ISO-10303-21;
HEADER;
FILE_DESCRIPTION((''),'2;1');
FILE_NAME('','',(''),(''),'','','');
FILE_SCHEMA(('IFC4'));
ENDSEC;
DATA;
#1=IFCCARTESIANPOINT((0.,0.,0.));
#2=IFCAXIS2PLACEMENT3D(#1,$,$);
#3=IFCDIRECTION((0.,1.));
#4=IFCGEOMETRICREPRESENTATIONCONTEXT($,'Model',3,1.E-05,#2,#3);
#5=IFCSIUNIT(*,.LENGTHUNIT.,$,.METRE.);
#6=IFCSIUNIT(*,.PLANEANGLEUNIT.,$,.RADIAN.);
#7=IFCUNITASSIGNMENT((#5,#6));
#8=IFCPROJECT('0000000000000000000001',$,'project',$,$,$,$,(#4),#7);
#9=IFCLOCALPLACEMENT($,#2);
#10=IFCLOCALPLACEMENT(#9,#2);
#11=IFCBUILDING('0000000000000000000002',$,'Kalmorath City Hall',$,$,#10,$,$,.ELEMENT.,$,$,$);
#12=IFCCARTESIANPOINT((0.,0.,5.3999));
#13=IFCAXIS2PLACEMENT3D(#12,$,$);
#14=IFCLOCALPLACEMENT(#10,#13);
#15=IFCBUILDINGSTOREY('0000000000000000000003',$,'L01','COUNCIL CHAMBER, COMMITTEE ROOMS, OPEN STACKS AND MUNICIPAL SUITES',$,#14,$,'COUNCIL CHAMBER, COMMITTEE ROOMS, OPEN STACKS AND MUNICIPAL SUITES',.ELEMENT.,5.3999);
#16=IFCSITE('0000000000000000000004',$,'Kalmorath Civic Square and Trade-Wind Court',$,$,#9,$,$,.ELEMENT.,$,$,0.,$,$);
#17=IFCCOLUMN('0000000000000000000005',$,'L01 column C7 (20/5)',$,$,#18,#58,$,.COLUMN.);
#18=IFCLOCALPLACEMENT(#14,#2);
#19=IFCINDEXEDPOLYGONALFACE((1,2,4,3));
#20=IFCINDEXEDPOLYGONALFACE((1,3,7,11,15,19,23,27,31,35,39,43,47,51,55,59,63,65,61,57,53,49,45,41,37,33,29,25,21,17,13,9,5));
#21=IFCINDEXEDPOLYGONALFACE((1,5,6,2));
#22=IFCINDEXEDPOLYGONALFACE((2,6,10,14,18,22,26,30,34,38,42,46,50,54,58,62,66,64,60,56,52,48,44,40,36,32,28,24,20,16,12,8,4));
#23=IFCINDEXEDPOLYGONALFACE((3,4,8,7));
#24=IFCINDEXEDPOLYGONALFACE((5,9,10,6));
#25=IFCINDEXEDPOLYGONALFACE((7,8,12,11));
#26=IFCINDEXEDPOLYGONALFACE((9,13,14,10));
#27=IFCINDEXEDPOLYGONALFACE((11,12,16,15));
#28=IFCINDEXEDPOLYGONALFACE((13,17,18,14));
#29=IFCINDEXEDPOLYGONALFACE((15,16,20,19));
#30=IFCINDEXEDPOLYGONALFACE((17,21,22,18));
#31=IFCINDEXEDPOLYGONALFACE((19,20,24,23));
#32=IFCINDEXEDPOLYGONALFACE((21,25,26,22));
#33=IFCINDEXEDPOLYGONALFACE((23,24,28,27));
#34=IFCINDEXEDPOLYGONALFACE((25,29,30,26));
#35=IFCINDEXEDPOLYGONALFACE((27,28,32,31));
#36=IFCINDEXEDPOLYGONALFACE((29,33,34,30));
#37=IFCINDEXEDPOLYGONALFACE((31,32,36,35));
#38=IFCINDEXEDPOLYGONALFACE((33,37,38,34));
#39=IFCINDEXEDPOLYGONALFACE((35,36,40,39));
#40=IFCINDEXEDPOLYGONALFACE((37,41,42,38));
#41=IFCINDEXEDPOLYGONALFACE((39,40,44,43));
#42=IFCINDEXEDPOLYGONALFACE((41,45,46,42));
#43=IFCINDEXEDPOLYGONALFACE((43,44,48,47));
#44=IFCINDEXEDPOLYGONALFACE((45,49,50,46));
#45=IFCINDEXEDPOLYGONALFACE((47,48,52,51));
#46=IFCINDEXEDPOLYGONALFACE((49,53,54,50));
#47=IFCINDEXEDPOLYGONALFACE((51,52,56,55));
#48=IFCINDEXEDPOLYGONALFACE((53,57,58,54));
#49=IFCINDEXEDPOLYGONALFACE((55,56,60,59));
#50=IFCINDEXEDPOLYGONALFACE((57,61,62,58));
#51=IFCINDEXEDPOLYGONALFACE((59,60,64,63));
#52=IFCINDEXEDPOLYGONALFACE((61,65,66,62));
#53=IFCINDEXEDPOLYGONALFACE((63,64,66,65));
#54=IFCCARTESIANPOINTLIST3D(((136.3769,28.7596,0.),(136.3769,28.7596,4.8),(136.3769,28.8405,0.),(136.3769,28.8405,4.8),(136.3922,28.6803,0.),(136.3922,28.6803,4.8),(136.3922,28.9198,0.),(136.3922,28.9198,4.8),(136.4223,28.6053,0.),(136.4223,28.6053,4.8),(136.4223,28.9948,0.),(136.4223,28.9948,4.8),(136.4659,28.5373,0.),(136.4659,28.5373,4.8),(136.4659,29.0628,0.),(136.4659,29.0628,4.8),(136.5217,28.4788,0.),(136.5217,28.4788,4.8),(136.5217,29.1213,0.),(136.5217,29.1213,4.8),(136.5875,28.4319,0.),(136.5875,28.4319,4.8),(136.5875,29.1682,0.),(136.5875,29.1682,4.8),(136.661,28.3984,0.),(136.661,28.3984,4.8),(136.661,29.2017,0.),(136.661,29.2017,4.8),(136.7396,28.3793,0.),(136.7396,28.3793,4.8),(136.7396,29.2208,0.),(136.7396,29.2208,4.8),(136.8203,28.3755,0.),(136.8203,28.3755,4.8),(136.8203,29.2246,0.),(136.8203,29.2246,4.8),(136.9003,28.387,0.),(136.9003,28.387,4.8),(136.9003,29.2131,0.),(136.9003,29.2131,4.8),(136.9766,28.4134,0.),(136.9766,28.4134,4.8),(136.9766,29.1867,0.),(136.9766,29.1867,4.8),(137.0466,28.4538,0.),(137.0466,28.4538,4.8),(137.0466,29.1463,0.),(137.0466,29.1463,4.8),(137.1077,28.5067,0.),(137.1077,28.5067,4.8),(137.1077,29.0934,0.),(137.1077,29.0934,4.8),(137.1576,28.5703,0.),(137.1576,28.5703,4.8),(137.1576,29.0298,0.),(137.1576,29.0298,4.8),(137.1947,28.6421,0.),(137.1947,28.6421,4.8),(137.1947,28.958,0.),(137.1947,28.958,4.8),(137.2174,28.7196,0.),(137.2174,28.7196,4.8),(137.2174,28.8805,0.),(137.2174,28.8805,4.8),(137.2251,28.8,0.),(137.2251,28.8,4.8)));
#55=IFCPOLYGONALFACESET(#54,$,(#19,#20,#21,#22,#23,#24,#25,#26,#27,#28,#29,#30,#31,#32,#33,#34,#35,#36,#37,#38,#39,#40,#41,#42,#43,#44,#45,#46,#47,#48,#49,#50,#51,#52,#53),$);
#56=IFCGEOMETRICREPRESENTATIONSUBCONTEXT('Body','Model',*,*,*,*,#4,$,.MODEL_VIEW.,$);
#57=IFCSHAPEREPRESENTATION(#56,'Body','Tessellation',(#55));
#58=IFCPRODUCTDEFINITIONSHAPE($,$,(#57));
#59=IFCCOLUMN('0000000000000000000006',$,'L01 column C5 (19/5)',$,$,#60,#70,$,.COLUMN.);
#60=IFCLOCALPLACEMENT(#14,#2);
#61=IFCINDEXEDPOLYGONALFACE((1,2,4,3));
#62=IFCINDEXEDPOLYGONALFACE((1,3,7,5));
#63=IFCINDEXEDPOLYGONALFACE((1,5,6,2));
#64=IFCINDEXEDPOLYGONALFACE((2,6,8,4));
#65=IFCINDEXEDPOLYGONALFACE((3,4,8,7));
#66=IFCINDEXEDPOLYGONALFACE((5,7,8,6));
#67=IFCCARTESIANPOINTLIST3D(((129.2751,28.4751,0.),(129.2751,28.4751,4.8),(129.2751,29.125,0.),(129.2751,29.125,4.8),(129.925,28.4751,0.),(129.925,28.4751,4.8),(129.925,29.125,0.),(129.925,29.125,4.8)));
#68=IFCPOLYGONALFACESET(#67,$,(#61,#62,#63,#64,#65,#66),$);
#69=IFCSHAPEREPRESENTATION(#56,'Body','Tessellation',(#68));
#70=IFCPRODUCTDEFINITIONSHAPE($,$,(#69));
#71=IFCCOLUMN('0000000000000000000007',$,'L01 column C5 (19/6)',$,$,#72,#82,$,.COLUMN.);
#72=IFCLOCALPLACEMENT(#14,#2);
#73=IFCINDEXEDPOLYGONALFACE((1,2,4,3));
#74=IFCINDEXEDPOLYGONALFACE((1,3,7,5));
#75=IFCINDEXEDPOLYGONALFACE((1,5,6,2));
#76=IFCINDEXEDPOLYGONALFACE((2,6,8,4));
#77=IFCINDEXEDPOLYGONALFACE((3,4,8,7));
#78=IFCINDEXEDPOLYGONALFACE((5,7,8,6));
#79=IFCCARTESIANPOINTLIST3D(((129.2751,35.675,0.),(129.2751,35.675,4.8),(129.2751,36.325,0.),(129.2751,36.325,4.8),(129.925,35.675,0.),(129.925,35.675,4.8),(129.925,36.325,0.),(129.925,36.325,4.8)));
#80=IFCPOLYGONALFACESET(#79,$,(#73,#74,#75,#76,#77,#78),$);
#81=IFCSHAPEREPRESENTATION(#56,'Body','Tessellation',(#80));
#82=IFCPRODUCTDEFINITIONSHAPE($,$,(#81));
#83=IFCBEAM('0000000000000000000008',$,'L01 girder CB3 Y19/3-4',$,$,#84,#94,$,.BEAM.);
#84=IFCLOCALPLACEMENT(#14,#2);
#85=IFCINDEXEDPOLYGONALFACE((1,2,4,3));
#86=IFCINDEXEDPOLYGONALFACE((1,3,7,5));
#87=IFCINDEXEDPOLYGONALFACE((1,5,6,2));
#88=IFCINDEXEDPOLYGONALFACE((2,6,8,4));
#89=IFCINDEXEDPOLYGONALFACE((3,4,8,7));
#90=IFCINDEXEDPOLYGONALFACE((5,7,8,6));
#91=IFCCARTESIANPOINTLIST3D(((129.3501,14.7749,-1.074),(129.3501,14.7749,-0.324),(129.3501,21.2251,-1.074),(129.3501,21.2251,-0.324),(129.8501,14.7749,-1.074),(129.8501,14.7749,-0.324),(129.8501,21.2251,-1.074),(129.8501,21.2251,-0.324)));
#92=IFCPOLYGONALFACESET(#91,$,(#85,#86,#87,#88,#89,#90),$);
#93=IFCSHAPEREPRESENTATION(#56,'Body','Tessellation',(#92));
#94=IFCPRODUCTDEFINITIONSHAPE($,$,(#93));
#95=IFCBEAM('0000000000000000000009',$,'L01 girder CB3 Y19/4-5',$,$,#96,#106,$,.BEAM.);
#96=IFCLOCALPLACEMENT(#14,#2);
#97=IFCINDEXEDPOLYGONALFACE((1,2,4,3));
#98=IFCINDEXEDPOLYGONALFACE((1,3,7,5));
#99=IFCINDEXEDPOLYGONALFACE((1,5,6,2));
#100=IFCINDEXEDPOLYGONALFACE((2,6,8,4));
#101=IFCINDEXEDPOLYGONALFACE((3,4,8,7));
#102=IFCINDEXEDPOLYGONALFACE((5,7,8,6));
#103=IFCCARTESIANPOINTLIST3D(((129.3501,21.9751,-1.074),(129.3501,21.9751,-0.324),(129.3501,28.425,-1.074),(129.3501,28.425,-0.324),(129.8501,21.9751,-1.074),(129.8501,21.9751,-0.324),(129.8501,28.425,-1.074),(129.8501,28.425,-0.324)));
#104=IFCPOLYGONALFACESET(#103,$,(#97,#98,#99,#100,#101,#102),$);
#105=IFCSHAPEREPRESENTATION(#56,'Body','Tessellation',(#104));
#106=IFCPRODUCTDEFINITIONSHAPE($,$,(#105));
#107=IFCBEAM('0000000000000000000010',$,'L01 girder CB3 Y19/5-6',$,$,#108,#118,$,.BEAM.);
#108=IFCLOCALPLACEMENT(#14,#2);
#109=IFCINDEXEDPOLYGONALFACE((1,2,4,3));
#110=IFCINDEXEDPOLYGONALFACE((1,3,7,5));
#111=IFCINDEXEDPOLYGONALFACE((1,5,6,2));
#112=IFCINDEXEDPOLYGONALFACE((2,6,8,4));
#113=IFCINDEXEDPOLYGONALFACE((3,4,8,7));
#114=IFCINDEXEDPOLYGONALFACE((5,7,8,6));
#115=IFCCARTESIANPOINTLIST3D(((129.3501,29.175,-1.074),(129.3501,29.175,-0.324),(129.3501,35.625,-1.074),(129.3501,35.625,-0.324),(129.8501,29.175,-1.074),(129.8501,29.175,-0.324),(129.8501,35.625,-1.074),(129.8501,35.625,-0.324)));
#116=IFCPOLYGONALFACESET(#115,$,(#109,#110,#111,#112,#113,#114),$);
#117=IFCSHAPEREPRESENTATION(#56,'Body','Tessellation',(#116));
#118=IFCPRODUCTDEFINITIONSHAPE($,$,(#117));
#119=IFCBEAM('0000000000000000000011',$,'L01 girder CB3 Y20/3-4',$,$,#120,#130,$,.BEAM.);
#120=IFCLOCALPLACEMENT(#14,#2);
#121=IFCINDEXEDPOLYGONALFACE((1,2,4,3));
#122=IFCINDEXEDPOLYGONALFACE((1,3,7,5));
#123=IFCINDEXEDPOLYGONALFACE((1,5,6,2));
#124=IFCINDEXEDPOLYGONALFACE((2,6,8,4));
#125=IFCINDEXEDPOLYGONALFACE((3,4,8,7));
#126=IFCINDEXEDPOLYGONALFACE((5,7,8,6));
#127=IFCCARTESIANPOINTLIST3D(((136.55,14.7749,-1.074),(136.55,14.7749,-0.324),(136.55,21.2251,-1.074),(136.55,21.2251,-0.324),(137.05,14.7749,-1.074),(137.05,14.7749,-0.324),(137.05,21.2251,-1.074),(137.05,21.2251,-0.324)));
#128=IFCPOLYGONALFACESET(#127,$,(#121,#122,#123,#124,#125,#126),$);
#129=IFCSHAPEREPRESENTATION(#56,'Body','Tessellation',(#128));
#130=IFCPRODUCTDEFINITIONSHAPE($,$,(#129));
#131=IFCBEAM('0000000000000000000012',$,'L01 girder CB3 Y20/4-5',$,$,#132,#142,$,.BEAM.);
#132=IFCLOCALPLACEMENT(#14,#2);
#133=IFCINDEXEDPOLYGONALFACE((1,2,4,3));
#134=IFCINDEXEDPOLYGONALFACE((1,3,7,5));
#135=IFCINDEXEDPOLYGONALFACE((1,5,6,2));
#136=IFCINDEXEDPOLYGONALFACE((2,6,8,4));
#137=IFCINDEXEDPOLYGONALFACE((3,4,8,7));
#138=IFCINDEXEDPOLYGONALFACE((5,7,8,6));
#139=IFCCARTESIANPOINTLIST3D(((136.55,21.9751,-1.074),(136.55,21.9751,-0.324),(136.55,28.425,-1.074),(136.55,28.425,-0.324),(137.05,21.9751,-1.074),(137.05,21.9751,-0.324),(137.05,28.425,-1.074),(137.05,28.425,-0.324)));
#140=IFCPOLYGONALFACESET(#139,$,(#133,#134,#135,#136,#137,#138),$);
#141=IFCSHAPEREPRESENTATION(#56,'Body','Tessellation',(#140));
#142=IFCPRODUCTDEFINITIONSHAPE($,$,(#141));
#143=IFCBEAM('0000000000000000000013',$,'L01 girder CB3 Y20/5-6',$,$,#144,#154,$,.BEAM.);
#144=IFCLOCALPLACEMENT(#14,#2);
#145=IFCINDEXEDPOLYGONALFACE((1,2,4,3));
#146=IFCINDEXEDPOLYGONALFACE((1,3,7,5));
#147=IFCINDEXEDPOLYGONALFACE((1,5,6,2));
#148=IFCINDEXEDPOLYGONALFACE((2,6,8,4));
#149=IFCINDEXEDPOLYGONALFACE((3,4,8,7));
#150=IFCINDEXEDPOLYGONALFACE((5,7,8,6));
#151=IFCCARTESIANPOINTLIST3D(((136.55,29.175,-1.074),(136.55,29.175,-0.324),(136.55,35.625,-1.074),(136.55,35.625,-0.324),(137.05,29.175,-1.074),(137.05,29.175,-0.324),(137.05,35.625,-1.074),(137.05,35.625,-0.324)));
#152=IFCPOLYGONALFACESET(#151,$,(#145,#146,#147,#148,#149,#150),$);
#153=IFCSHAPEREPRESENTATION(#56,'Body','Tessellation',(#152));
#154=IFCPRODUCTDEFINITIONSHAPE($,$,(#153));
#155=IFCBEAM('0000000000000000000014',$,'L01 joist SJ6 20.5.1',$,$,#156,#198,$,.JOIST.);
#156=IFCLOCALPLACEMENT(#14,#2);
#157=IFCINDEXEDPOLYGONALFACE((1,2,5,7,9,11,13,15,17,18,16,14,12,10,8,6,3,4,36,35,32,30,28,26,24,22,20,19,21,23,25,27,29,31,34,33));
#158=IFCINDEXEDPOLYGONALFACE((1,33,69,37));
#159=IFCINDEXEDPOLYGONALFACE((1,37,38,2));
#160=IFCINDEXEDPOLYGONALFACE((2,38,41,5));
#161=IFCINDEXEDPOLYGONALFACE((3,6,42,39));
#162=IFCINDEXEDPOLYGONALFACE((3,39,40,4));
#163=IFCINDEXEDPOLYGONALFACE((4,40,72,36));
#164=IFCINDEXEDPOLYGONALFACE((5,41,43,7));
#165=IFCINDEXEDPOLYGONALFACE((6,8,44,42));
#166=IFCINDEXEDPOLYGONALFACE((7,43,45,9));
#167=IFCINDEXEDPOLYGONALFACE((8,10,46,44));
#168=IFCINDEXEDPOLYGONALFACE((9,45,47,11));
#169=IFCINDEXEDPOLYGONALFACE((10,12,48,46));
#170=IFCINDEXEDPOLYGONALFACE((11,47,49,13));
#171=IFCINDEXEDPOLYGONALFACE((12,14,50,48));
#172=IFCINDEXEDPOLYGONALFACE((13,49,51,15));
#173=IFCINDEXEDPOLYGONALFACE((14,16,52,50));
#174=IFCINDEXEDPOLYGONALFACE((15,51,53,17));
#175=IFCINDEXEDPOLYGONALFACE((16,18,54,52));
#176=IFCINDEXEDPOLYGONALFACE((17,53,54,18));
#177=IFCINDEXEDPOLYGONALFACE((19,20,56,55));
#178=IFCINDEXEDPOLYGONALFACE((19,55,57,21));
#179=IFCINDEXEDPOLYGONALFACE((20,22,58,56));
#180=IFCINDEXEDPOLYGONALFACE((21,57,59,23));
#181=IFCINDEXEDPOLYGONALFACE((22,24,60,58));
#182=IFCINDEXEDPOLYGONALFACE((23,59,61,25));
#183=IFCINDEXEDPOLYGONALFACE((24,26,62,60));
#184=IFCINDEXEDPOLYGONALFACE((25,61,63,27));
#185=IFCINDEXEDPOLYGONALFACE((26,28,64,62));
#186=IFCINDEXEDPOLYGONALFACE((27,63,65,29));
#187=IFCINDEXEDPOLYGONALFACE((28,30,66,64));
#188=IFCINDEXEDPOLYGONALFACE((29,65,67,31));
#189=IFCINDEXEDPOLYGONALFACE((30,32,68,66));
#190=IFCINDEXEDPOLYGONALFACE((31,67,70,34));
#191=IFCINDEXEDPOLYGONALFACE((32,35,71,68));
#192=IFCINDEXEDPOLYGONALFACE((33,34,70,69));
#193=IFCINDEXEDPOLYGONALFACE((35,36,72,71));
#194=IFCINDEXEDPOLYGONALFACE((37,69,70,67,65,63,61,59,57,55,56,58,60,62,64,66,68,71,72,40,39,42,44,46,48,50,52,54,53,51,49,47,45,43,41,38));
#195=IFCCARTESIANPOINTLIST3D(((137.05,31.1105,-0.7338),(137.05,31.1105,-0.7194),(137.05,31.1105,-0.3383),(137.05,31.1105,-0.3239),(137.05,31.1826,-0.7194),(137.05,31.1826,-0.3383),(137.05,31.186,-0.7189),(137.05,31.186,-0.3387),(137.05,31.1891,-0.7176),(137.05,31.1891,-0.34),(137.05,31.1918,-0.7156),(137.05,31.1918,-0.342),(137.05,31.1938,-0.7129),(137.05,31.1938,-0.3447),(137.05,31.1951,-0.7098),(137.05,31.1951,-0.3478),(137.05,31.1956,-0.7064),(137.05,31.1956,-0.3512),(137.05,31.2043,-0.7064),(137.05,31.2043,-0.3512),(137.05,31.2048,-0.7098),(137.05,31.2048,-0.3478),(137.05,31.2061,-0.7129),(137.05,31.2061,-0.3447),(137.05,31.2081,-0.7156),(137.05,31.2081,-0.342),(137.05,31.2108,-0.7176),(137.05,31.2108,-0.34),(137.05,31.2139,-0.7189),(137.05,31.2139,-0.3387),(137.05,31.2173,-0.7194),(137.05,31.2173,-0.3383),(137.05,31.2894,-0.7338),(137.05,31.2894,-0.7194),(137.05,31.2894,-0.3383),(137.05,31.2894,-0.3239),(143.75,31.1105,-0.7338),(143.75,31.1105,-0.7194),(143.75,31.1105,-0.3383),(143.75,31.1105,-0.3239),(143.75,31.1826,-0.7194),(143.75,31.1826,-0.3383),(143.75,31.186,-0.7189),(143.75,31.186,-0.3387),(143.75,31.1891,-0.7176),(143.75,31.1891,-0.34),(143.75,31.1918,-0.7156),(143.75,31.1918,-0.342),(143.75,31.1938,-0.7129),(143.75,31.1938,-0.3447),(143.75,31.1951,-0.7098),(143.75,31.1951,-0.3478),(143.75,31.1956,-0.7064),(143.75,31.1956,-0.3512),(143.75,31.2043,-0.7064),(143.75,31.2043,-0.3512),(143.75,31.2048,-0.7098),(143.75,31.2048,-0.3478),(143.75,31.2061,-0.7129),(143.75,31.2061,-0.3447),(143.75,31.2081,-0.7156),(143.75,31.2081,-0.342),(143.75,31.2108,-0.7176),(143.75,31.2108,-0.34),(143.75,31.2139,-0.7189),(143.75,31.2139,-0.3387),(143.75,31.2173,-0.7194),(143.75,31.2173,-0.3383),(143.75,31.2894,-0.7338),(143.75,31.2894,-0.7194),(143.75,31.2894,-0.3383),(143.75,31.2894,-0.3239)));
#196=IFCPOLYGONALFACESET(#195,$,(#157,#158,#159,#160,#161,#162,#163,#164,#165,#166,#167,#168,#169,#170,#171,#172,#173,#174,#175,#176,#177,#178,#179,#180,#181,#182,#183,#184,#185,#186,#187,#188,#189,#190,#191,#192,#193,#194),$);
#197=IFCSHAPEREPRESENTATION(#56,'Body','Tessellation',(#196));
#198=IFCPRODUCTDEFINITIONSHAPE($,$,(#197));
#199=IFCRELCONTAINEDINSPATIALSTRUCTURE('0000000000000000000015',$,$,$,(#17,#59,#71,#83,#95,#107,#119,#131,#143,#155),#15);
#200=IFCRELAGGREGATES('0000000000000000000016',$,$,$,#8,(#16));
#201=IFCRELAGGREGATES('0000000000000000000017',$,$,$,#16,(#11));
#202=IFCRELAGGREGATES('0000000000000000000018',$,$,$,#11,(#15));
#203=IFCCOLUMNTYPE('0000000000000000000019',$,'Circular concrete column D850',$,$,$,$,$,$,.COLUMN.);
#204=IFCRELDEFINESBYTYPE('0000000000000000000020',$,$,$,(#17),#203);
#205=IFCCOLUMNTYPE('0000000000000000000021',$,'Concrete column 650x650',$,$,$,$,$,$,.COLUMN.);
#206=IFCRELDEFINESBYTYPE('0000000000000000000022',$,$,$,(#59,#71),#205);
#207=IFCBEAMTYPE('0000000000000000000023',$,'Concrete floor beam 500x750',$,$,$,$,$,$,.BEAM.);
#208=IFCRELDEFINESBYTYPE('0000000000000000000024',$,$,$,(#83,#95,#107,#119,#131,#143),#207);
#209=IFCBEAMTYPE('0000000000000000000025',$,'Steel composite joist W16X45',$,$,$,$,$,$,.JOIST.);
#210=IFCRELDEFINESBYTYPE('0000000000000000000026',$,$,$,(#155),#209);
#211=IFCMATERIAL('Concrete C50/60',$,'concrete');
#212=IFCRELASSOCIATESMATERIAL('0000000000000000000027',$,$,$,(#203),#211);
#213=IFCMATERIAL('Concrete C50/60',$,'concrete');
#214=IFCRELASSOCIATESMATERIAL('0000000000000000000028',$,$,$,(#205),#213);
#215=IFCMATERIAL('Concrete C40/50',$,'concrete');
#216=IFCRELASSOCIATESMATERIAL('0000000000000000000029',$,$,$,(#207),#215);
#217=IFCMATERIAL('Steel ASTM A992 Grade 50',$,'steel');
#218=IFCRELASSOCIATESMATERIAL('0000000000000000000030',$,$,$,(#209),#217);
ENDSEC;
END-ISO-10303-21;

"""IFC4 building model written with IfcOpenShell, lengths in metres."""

from ifc_helpers import new_model, si_unit, direction, frame, origin, origin_2d, place, context, subcontext, project, spatial, rectangle, circle, i_section, extrude, material, material_profile, profile_set, type_object, element, save


model = new_model("IFC4")

# Units and contexts
model_context = context("Model", 3, precision=1e-05, world=origin(), true_north=direction((0.0, 1.0)))
body_context = subcontext(model_context, "Body", "Model", "MODEL_VIEW")
ifc_project = project(units=[si_unit("LENGTHUNIT", "METRE"), si_unit("PLANEANGLEUNIT", "RADIAN")], contexts=[model_context])

# Site, building, storey
site_placement = place(None, origin())
site = spatial("IfcSite", under=ifc_project, at=site_placement, Name="Kalmorath Civic Square and Trade-Wind Court", CompositionType="ELEMENT", RefElevation=0.0)
building_placement = place(site_placement, origin())
building = spatial("IfcBuilding", under=site, at=building_placement, Name="Kalmorath City Hall", CompositionType="ELEMENT")
storey_placement = place(building_placement, frame((0.0, 0.0, 5.3999)))
storey = spatial("IfcBuildingStorey", under=building, at=storey_placement, Name="L01", Description="COUNCIL CHAMBER, COMMITTEE ROOMS, OPEN STACKS AND MUNICIPAL SUITES", LongName="COUNCIL CHAMBER, COMMITTEE ROOMS, OPEN STACKS AND MUNICIPAL SUITES", CompositionType="ELEMENT", Elevation=5.3999)

# Columns
ifc_material_1 = material(Name="Concrete C50/60", Category="concrete")
ifc_material_profile_1 = material_profile(ifc_material_1, circle(Radius=0.425, at=origin_2d()), Name="RC-COL-D850")
ifc_profile_set_1 = profile_set([ifc_material_profile_1], Name="Concrete C50/60")
column_type_1 = type_object("IfcColumnType", Name="Circular concrete column D850", PredefinedType="COLUMN", material=ifc_profile_set_1)
column_placement = place(storey_placement, frame((136.8, 28.8, 0.0), z_axis=(0.0, 0.0, 1.0), x_axis=(1.0, 0.0, 0.0)))
element("IfcColumn", 1, at=column_placement, inside=storey, type_object=column_type_1, Name="L01 column C7 (20/5)", PredefinedType="COLUMN", context=body_context, shape_type="SweptSolid", body=[
    extrude(circle(Radius=0.425, at=origin_2d()), origin(), (0.0, 0.0, 1.0), 4.8),
])
ifc_material_2 = material(Name="Concrete C50/60", Category="concrete")
ifc_material_profile_2 = material_profile(ifc_material_2, rectangle(XDim=0.6499, YDim=0.6499, at=origin_2d()), Name="RC-COL-650X650")
ifc_profile_set_2 = profile_set([ifc_material_profile_2], Name="Concrete C50/60")
column_type_2 = type_object("IfcColumnType", Name="Concrete column 650x650", PredefinedType="COLUMN", material=ifc_profile_set_2)
for number, where, z_axis, x_axis, name in (
    (2, (129.6001, 28.8, 0.0), (0.0, 0.0, 1.0), (1.0, 0.0, 0.0), "L01 column C5 (19/5)"),
    (3, (129.6001, 36.0, 0.0), (0.0, 0.0, 1.0), (1.0, 0.0, 0.0), "L01 column C5 (19/6)"),
):
    element("IfcColumn", number, at=place(storey_placement, frame(where, z_axis=z_axis, x_axis=x_axis)), inside=storey, type_object=column_type_2, Name=name, PredefinedType="COLUMN", context=body_context, shape_type="SweptSolid", body=[
        extrude(rectangle(XDim=0.6499, YDim=0.6499, at=origin_2d()), origin(), (0.0, 0.0, 1.0), 4.8),
    ])

# Beams
ifc_material_3 = material(Name="Concrete C40/50", Category="concrete")
ifc_material_profile_3 = material_profile(ifc_material_3, rectangle(XDim=0.5, YDim=0.75, at=origin_2d()), Name="RC-BM-500X750")
ifc_profile_set_3 = profile_set([ifc_material_profile_3], Name="Concrete C40/50")
beam_type_1 = type_object("IfcBeamType", Name="Concrete floor beam 500x750", PredefinedType="BEAM", material=ifc_profile_set_3)
beam_1_placement = place(storey_placement, frame((129.6001, 14.7749, -0.699), z_axis=(0.0, 1.0, 0.0), x_axis=(-1.0, 0.0, 0.0)))
element("IfcBeam", 4, at=beam_1_placement, inside=storey, type_object=beam_type_1, Name="L01 girder CB3 Y19/3-4", PredefinedType="BEAM", context=body_context, shape_type="SweptSolid", body=[
    extrude(rectangle(XDim=0.5, YDim=0.75, at=origin_2d()), origin(), (0.0, 0.0, 1.0), 6.4502),
])
for number, where, z_axis, x_axis, name in (
    (5, (129.6001, 21.9751, -0.699), (0.0, 1.0, 0.0), (-1.0, 0.0, 0.0), "L01 girder CB3 Y19/4-5"),
    (6, (129.6001, 29.175, -0.699), (0.0, 1.0, 0.0), (-1.0, 0.0, 0.0), "L01 girder CB3 Y19/5-6"),
):
    element("IfcBeam", number, at=place(storey_placement, frame(where, z_axis=z_axis, x_axis=x_axis)), inside=storey, type_object=beam_type_1, Name=name, PredefinedType="BEAM", context=body_context, shape_type="SweptSolid", body=[
        extrude(rectangle(XDim=0.5, YDim=0.75, at=origin_2d()), origin(), (0.0, 0.0, 1.0), 6.45),
    ])
beam_2_placement = place(storey_placement, frame((136.8, 14.7749, -0.699), z_axis=(0.0, 1.0, 0.0), x_axis=(-1.0, 0.0, 0.0)))
element("IfcBeam", 7, at=beam_2_placement, inside=storey, type_object=beam_type_1, Name="L01 girder CB3 Y20/3-4", PredefinedType="BEAM", context=body_context, shape_type="SweptSolid", body=[
    extrude(rectangle(XDim=0.5, YDim=0.75, at=origin_2d()), origin(), (0.0, 0.0, 1.0), 6.4502),
])
for number, where, z_axis, x_axis, name in (
    (8, (136.8, 21.9751, -0.699), (0.0, 1.0, 0.0), (-1.0, 0.0, 0.0), "L01 girder CB3 Y20/4-5"),
    (9, (136.8, 29.175, -0.699), (0.0, 1.0, 0.0), (-1.0, 0.0, 0.0), "L01 girder CB3 Y20/5-6"),
):
    element("IfcBeam", number, at=place(storey_placement, frame(where, z_axis=z_axis, x_axis=x_axis)), inside=storey, type_object=beam_type_1, Name=name, PredefinedType="BEAM", context=body_context, shape_type="SweptSolid", body=[
        extrude(rectangle(XDim=0.5, YDim=0.75, at=origin_2d()), origin(), (0.0, 0.0, 1.0), 6.45),
    ])
ifc_material_4 = material(Name="Steel ASTM A992 Grade 50", Category="steel")
ifc_material_profile_4 = material_profile(ifc_material_4, i_section(OverallWidth=0.179, OverallDepth=0.4099, WebThickness=0.0088, FlangeThickness=0.0144, FilletRadius=0.0129, at=origin_2d()), Name="W16X45")
ifc_profile_set_4 = profile_set([ifc_material_profile_4], Name="Steel ASTM A992 Grade 50")
beam_type_2 = type_object("IfcBeamType", Name="Steel composite joist W16X45", PredefinedType="JOIST", material=ifc_profile_set_4)
for number, where, z_axis, x_axis, name in (
    (10, (137.05, 31.2, -0.5288), (1.0, 0.0, 0.0), (0.0, 1.0, 0.0), "L01 joist SJ6 20.5.1"),
):
    element("IfcBeam", number, at=place(storey_placement, frame(where, z_axis=z_axis, x_axis=x_axis)), inside=storey, type_object=beam_type_2, Name=name, PredefinedType="JOIST", context=body_context, shape_type="SweptSolid", body=[
        extrude(i_section(OverallWidth=0.179, OverallDepth=0.4099, WebThickness=0.0088, FlangeThickness=0.0144, FilletRadius=0.0129, at=origin_2d()), origin(), (0.0, 0.0, 1.0), 6.7),
    ])

save(model, "model.ifc")
